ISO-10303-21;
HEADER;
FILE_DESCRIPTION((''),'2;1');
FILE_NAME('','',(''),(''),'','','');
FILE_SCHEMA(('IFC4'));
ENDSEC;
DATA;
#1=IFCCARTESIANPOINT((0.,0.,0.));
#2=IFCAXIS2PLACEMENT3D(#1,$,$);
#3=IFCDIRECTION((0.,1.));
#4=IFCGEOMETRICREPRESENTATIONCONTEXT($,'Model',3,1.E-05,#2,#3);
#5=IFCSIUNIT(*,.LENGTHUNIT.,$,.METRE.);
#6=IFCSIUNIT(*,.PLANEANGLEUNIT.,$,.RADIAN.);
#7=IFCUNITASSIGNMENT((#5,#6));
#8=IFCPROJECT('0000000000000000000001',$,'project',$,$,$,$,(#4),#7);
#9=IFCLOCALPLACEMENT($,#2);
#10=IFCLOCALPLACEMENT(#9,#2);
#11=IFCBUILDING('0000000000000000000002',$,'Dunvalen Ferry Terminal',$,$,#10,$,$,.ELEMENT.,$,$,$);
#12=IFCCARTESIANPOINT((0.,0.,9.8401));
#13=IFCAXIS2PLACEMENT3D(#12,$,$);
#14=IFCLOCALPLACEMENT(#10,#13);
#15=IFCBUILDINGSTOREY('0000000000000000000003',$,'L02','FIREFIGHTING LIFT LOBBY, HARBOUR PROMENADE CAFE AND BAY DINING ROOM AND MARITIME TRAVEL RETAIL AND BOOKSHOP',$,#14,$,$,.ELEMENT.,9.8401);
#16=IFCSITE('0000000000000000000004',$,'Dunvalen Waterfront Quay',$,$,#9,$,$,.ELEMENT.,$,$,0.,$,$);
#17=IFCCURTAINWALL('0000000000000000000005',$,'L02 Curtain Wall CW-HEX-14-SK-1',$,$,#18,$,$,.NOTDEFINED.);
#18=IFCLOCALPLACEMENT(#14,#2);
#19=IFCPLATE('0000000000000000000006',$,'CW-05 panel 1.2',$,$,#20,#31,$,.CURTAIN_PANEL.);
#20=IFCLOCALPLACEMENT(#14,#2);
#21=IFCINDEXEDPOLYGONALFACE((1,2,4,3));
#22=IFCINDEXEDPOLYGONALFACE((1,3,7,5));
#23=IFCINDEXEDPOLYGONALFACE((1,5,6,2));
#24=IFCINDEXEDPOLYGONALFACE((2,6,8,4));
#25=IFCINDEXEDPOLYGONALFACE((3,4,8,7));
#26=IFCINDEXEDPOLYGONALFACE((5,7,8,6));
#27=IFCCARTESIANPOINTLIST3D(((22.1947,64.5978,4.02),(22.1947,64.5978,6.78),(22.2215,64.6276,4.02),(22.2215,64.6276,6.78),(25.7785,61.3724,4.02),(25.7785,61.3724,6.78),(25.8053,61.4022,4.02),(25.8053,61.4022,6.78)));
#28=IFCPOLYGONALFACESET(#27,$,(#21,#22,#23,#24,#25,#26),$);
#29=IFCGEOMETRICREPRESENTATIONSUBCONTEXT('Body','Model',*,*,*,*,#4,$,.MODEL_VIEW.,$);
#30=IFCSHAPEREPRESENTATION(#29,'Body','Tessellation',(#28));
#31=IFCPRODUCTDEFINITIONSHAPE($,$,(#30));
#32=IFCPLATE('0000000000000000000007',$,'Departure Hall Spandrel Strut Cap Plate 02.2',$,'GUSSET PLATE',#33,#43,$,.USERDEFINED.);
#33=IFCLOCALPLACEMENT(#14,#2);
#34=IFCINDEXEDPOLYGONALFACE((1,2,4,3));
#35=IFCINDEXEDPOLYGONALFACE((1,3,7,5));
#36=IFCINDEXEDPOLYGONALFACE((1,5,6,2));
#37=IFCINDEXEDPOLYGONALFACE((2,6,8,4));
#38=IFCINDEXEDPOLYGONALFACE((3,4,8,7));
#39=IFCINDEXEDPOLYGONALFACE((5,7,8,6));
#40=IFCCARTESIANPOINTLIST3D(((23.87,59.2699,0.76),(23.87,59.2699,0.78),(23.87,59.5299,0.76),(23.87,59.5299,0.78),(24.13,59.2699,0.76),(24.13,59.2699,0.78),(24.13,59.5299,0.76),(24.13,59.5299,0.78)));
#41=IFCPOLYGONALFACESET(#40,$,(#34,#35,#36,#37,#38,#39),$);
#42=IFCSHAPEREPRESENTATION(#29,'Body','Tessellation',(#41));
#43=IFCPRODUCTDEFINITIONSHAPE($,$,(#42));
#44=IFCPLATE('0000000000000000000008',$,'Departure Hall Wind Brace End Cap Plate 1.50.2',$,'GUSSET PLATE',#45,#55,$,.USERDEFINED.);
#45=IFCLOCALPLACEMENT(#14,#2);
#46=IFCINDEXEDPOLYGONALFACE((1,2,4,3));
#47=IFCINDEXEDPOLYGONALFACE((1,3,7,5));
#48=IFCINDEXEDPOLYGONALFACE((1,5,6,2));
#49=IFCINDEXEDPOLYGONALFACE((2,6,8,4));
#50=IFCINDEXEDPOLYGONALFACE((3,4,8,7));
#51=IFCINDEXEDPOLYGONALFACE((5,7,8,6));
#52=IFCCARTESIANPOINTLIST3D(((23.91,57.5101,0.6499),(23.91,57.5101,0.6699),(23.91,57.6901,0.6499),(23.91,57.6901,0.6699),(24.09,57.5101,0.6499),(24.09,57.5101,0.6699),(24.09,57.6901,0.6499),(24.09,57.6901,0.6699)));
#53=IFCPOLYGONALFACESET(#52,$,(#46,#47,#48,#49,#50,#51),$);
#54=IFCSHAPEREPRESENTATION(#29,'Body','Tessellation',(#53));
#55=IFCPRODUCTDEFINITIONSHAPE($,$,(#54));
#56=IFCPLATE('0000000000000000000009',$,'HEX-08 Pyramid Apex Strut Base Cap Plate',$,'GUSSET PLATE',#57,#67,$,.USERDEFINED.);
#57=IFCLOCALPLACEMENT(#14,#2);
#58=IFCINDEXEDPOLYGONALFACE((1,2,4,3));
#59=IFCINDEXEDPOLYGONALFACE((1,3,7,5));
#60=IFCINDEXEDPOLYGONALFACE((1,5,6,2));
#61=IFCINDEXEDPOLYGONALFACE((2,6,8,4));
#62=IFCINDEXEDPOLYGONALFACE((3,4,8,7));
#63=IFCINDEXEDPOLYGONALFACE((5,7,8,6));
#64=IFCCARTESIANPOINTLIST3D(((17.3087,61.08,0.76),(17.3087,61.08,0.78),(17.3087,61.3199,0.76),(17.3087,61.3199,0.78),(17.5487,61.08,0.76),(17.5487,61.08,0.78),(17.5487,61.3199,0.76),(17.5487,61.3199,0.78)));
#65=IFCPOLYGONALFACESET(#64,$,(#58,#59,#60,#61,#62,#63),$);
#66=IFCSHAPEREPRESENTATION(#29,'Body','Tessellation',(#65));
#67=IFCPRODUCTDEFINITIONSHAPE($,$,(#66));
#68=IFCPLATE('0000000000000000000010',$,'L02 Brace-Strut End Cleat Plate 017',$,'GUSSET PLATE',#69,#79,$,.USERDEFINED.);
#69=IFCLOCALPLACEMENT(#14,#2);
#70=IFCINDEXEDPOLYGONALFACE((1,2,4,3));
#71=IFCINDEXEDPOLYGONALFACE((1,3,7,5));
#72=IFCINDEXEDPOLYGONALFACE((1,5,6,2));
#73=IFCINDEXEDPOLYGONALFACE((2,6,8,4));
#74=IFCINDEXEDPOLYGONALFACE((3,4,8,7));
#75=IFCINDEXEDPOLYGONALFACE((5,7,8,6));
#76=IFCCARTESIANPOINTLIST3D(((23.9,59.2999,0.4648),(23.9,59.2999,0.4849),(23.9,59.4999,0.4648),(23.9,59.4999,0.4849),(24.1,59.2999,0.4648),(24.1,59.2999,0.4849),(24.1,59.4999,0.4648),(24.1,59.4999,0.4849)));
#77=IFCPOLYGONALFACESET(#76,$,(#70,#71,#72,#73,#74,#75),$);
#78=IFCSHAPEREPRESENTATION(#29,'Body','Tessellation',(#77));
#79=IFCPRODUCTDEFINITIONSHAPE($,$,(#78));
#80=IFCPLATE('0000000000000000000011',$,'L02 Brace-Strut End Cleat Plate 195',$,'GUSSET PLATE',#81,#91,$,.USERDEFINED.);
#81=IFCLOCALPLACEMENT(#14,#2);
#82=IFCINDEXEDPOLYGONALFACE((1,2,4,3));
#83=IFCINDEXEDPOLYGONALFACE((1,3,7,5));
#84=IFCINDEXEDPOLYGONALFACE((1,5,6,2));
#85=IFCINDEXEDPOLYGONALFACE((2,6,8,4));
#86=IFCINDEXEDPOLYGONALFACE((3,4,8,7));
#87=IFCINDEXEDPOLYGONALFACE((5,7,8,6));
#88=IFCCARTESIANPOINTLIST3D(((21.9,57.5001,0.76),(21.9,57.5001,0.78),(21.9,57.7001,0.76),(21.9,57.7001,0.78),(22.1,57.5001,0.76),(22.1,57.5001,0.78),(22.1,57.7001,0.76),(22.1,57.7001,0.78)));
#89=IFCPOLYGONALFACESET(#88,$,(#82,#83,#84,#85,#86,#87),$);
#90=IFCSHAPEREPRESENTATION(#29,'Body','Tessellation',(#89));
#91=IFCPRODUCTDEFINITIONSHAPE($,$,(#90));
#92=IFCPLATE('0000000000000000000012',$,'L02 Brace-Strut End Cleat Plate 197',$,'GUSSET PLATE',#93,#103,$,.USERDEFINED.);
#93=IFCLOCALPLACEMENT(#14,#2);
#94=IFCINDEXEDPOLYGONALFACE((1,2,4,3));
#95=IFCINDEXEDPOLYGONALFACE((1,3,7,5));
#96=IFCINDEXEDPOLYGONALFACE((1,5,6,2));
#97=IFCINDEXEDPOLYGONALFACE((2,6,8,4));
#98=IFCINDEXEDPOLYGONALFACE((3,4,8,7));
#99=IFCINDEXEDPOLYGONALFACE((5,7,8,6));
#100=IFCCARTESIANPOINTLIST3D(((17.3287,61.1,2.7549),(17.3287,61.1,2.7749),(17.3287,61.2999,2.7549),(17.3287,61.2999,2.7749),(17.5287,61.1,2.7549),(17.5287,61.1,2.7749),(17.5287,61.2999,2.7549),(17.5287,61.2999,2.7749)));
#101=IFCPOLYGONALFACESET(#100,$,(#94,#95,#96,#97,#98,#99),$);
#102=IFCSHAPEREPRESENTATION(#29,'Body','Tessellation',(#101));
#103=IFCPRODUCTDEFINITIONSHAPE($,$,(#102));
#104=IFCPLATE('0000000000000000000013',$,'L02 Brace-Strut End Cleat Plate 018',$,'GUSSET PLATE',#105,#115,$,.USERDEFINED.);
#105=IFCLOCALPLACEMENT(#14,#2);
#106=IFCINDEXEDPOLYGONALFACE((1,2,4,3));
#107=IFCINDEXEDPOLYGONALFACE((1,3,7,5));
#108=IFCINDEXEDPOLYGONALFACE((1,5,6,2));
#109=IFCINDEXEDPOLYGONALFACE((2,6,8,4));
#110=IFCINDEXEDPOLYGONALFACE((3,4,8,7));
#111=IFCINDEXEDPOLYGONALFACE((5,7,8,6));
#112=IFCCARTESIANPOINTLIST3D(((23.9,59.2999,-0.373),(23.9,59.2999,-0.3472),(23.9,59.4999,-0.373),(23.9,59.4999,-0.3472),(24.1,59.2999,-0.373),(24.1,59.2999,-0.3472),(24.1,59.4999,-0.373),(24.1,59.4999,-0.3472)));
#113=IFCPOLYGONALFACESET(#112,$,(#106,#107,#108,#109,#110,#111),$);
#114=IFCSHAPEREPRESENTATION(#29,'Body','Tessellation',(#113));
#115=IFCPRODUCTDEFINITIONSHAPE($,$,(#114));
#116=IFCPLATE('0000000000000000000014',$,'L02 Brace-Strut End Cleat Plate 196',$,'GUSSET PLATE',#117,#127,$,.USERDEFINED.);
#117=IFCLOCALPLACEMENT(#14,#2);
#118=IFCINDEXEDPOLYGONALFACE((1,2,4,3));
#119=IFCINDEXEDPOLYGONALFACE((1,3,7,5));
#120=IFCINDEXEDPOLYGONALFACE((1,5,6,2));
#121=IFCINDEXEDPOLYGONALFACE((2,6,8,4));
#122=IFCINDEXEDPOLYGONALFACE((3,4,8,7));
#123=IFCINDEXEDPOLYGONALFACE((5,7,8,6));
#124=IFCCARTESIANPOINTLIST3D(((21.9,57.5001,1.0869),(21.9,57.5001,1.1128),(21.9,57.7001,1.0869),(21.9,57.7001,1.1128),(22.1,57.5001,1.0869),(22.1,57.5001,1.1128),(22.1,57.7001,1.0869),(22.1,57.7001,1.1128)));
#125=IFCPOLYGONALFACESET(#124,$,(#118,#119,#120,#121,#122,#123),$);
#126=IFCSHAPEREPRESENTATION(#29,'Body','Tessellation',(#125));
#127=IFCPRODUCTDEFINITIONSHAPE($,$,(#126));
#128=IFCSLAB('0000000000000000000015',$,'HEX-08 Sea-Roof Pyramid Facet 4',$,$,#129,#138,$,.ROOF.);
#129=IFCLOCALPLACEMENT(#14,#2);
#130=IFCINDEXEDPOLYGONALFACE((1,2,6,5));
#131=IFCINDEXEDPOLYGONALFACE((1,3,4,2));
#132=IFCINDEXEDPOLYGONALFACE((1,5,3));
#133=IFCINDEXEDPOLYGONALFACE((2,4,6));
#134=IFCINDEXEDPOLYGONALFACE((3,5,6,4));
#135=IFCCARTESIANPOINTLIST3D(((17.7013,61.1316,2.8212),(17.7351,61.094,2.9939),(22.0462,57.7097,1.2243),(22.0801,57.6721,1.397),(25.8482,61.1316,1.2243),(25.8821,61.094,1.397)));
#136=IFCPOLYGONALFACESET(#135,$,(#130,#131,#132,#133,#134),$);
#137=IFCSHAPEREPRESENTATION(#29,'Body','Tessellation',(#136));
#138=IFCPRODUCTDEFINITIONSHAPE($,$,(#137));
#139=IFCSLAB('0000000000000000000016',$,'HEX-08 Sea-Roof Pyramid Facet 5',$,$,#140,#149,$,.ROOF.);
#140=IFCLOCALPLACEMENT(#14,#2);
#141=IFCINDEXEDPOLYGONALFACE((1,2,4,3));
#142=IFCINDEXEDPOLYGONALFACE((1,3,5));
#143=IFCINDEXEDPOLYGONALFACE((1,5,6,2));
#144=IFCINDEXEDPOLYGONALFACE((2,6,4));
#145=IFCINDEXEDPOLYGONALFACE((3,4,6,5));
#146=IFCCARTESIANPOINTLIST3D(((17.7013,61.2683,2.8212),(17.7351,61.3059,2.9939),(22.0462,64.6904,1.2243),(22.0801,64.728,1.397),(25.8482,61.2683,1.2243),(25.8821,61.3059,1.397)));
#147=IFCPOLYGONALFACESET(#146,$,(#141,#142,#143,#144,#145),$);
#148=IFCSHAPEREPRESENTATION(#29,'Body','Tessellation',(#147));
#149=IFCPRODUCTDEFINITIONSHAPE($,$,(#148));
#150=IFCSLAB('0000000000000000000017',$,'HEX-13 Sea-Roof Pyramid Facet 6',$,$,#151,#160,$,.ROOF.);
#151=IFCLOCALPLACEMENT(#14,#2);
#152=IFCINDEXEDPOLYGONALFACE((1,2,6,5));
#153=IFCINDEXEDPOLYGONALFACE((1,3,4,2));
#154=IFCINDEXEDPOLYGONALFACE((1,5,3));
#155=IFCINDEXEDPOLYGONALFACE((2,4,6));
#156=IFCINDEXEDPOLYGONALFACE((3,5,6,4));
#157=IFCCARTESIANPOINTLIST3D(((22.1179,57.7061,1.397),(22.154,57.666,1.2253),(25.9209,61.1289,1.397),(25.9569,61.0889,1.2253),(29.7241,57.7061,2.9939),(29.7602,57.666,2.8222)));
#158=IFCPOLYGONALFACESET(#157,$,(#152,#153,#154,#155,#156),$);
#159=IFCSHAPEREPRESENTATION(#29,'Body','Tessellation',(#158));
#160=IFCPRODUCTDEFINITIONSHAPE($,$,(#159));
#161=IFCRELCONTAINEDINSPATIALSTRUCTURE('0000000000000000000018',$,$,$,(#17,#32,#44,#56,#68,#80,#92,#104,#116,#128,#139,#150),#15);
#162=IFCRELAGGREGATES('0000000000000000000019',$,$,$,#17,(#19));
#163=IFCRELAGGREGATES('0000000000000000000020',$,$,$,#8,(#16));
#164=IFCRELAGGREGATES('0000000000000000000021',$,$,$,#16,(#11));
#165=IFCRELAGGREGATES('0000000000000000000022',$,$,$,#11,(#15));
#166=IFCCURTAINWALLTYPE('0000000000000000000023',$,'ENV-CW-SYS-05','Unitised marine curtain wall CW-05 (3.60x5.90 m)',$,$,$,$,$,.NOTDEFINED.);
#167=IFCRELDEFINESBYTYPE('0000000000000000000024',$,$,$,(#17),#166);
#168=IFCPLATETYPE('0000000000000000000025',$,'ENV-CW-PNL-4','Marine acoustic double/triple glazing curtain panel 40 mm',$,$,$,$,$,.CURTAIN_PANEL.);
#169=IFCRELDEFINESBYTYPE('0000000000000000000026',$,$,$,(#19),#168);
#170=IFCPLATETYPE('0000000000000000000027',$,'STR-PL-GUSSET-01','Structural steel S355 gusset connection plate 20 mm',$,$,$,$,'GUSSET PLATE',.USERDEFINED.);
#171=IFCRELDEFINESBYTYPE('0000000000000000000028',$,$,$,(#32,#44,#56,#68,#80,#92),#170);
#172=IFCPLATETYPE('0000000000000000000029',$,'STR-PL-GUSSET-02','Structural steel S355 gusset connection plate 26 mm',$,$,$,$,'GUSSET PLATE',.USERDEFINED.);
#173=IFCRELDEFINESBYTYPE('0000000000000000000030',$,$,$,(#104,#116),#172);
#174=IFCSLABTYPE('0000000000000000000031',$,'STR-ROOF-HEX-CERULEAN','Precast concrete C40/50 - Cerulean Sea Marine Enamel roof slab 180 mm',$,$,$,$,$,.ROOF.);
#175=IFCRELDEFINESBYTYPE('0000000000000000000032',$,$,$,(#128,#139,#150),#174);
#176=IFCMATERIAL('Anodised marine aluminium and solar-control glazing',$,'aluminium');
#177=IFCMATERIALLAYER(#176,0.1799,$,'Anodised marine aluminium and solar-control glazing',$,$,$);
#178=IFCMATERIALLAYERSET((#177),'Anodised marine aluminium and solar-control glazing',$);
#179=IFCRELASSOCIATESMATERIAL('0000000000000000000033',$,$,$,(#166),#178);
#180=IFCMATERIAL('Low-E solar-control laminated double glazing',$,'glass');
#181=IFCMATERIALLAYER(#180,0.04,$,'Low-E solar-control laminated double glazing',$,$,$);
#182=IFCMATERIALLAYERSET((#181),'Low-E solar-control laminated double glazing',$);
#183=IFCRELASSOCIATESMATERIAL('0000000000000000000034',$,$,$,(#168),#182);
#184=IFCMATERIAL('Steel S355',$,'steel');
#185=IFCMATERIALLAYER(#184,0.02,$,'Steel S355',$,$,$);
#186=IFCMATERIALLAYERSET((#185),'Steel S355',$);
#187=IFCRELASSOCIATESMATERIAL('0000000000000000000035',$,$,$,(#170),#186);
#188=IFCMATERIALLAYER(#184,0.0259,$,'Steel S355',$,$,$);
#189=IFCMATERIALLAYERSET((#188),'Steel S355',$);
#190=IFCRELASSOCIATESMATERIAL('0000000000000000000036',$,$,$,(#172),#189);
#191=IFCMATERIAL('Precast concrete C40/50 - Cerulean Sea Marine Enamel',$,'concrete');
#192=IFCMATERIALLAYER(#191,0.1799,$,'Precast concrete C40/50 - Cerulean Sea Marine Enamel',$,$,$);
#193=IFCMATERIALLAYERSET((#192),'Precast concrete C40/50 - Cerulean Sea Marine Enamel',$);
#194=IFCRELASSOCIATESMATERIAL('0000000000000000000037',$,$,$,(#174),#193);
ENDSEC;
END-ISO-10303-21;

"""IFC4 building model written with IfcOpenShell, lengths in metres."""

from ifc_helpers import new_model, si_unit, direction, frame, origin, origin_2d, place, context, subcontext, project, spatial, polyline, rectangle, outline, extrude, material, layer, layer_set, type_object, element, aggregate, save


model = new_model("IFC4")

# Units and contexts
model_context = context("Model", 3, precision=1e-05, world=origin(), true_north=direction((0.0, 1.0)))
body_context = subcontext(model_context, "Body", "Model", "MODEL_VIEW")
ifc_project = project(units=[si_unit("LENGTHUNIT", "METRE"), si_unit("PLANEANGLEUNIT", "RADIAN")], contexts=[model_context])

# Site, building, storey
site_placement = place(None, origin())
site = spatial("IfcSite", under=ifc_project, at=site_placement, Name="Dunvalen Waterfront Quay", CompositionType="ELEMENT", RefElevation=0.0)
building_placement = place(site_placement, origin())
building = spatial("IfcBuilding", under=site, at=building_placement, Name="Dunvalen Ferry Terminal", CompositionType="ELEMENT")
storey_placement = place(building_placement, frame((0.0, 0.0, 9.8401)))
storey = spatial("IfcBuildingStorey", under=building, at=storey_placement, Name="L02", Description="FIREFIGHTING LIFT LOBBY, HARBOUR PROMENADE CAFE AND BAY DINING ROOM AND MARITIME TRAVEL RETAIL AND BOOKSHOP", CompositionType="ELEMENT", Elevation=9.8401)

# Curtain wall
ifc_material_1 = material(Name="Anodised marine aluminium and solar-control glazing", Category="aluminium")
ifc_layer_1 = layer(ifc_material_1, 0.1799, Name="Anodised marine aluminium and solar-control glazing")
ifc_layer_set_1 = layer_set([ifc_layer_1], Name="Anodised marine aluminium and solar-control glazing")
curtain_wall_type = type_object("IfcCurtainWallType", Name="ENV-CW-SYS-05", Description="Unitised marine curtain wall CW-05 (3.60x5.90 m)", PredefinedType="NOTDEFINED", material=ifc_layer_set_1)
curtain_wall_placement = place(storey_placement, origin())
curtain_wall = element("IfcCurtainWall", 1, at=curtain_wall_placement, inside=storey, type_object=curtain_wall_type, Name="L02 Curtain Wall CW-HEX-14-SK-1", PredefinedType="NOTDEFINED")

# Shared definitions
ifc_material_2 = material(Name="Steel S355", Category="steel")

# Plate
ifc_material_3 = material(Name="Low-E solar-control laminated double glazing", Category="glass")
ifc_layer_2 = layer(ifc_material_3, 0.04, Name="Low-E solar-control laminated double glazing")
ifc_layer_set_2 = layer_set([ifc_layer_2], Name="Low-E solar-control laminated double glazing")
plate_type_1 = type_object("IfcPlateType", Name="ENV-CW-PNL-4", Description="Marine acoustic double/triple glazing curtain panel 40 mm", PredefinedType="CURTAIN_PANEL", material=ifc_layer_set_2)
plate_1_placement = place(storey_placement, frame((24.0, 63.0, 4.02), z_axis=(0.0, 0.0, 1.0), x_axis=(0.743304, -0.668954, 0.0)))
plate_1 = element("IfcPlate", 2, at=plate_1_placement, type_object=plate_type_1, Name="CW-05 panel 1.2", PredefinedType="CURTAIN_PANEL", context=body_context, shape_type="SweptSolid", body=[
    extrude(rectangle(XDim=4.8215, YDim=0.04, at=origin_2d()), origin(), (0.0, 0.0, 1.0), 2.76),
])
aggregate(curtain_wall, [plate_1])

# Plates
ifc_layer_3 = layer(ifc_material_2, 0.02, Name="Steel S355")
ifc_layer_set_3 = layer_set([ifc_layer_3], Name="Steel S355")
plate_type_2 = type_object("IfcPlateType", Name="STR-PL-GUSSET-01", Description="Structural steel S355 gusset connection plate 20 mm", ElementType="GUSSET PLATE", PredefinedType="USERDEFINED", material=ifc_layer_set_3)
plate_2_placement = place(storey_placement, frame((24.0, 59.3999, 0.76), z_axis=(0.0, 0.0, 1.0), x_axis=(1.0, 0.0, 0.0)))
element("IfcPlate", 3, at=plate_2_placement, inside=storey, type_object=plate_type_2, Name="Departure Hall Spandrel Strut Cap Plate 02.2", ObjectType="GUSSET PLATE", PredefinedType="USERDEFINED", context=body_context, shape_type="SweptSolid", body=[
    extrude(rectangle(XDim=0.26, YDim=0.26, at=origin_2d()), origin(), (0.0, 0.0, 1.0), 0.02),
])
plate_3_placement = place(storey_placement, frame((24.0, 57.6001, 0.6499), z_axis=(0.0, 0.0, 1.0), x_axis=(1.0, 0.0, 0.0)))
element("IfcPlate", 4, at=plate_3_placement, inside=storey, type_object=plate_type_2, Name="Departure Hall Wind Brace End Cap Plate 1.50.2", ObjectType="GUSSET PLATE", PredefinedType="USERDEFINED", context=body_context, shape_type="SweptSolid", body=[
    extrude(rectangle(XDim=0.1799, YDim=0.1799, at=origin_2d()), origin(), (0.0, 0.0, 1.0), 0.02),
])
plate_4_placement = place(storey_placement, frame((17.4287, 61.2, 0.76), z_axis=(0.0, 0.0, 1.0), x_axis=(1.0, 0.0, 0.0)))
element("IfcPlate", 5, at=plate_4_placement, inside=storey, type_object=plate_type_2, Name="HEX-08 Pyramid Apex Strut Base Cap Plate", ObjectType="GUSSET PLATE", PredefinedType="USERDEFINED", context=body_context, shape_type="SweptSolid", body=[
    extrude(rectangle(XDim=0.24, YDim=0.24, at=origin_2d()), origin(), (0.0, 0.0, 1.0), 0.02),
])
for number, where, z_axis, x_axis, name in (
    (6, (24.0, 59.3999, 0.4648), (0.0, 0.0, 1.0), (1.0, 0.0, 0.0), "L02 Brace-Strut End Cleat Plate 017"),
    (7, (22.0, 57.6001, 0.76), (0.0, 0.0, 1.0), (1.0, 0.0, 0.0), "L02 Brace-Strut End Cleat Plate 195"),
    (8, (17.4287, 61.2, 2.7549), (0.0, 0.0, 1.0), (1.0, 0.0, 0.0), "L02 Brace-Strut End Cleat Plate 197"),
):
    element("IfcPlate", number, at=place(storey_placement, frame(where, z_axis=z_axis, x_axis=x_axis)), inside=storey, type_object=plate_type_2, Name=name, ObjectType="GUSSET PLATE", PredefinedType="USERDEFINED", context=body_context, shape_type="SweptSolid", body=[
        extrude(rectangle(XDim=0.2, YDim=0.2, at=origin_2d()), origin(), (0.0, 0.0, 1.0), 0.02),
    ])
ifc_layer_4 = layer(ifc_material_2, 0.0259, Name="Steel S355")
ifc_layer_set_4 = layer_set([ifc_layer_4], Name="Steel S355")
plate_type_3 = type_object("IfcPlateType", Name="STR-PL-GUSSET-02", Description="Structural steel S355 gusset connection plate 26 mm", ElementType="GUSSET PLATE", PredefinedType="USERDEFINED", material=ifc_layer_set_4)
for number, where, z_axis, x_axis, name in (
    (9, (24.0, 59.3999, -0.373), (0.0, 0.0, 1.0), (1.0, 0.0, 0.0), "L02 Brace-Strut End Cleat Plate 018"),
    (10, (22.0, 57.6001, 1.0869), (0.0, 0.0, 1.0), (1.0, 0.0, 0.0), "L02 Brace-Strut End Cleat Plate 196"),
):
    element("IfcPlate", number, at=place(storey_placement, frame(where, z_axis=z_axis, x_axis=x_axis)), inside=storey, type_object=plate_type_3, Name=name, ObjectType="GUSSET PLATE", PredefinedType="USERDEFINED", context=body_context, shape_type="SweptSolid", body=[
        extrude(rectangle(XDim=0.2, YDim=0.2, at=origin_2d()), origin(), (0.0, 0.0, 1.0), 0.0259),
    ])

# Slabs
ifc_material_4 = material(Name="Precast concrete C40/50 - Cerulean Sea Marine Enamel", Category="concrete")
ifc_layer_5 = layer(ifc_material_4, 0.1799, Name="Precast concrete C40/50 - Cerulean Sea Marine Enamel")
ifc_layer_set_5 = layer_set([ifc_layer_5], Name="Precast concrete C40/50 - Cerulean Sea Marine Enamel")
slab_type = type_object("IfcSlabType", Name="STR-ROOF-HEX-CERULEAN", Description="Precast concrete C40/50 - Cerulean Sea Marine Enamel roof slab 180 mm", PredefinedType="ROOF", material=ifc_layer_set_5)
slab_1_placement = place(storey_placement, frame((22.0801, 57.6721, 1.397), z_axis=(0.188106, -0.209002, 0.959653), x_axis=(0.743287, 0.668973, 0.0)))
element("IfcSlab", 11, at=slab_1_placement, inside=storey, type_object=slab_type, Name="HEX-08 Sea-Roof Pyramid Facet 4", PredefinedType="ROOF", context=body_context, shape_type="SweptSolid", body=[
    extrude(outline(polyline([(0.0, 0.0), (5.1151, 0.0), (-0.9404, 5.6792), (0.0, 0.0)])), origin(), (0.0, 0.0, -1.0), 0.1799),
])
slab_2_placement = place(storey_placement, frame((25.8821, 61.3059, 1.397), z_axis=(0.188106, 0.208988, 0.959656), x_axis=(-0.743263, 0.668999, 0.0)))
element("IfcSlab", 12, at=slab_2_placement, inside=storey, type_object=slab_type, Name="HEX-08 Sea-Roof Pyramid Facet 5", PredefinedType="ROOF", context=body_context, shape_type="SweptSolid", body=[
    extrude(outline(polyline([(0.0, 0.0), (5.1153, 0.0), (6.0553, 5.6794), (0.0, 0.0)])), origin(), (0.0, 0.0, -1.0), 0.1799),
])
slab_3_placement = place(storey_placement, frame((25.9209, 61.1289, 1.397), z_axis=(-0.200317, 0.222563, 0.954117), x_axis=(-0.743278, -0.668983, 0.0)))
element("IfcSlab", 13, at=slab_3_placement, inside=storey, type_object=slab_type, Name="HEX-13 Sea-Roof Pyramid Facet 6", PredefinedType="ROOF", context=body_context, shape_type="SweptSolid", body=[
    extrude(outline(polyline([(0.0, 0.0), (5.1165, 0.0), (-0.537, 5.3331), (0.0, 0.0)])), origin(), (0.0, 0.0, -1.0), 0.1799),
])

save(model, "model.ifc")
